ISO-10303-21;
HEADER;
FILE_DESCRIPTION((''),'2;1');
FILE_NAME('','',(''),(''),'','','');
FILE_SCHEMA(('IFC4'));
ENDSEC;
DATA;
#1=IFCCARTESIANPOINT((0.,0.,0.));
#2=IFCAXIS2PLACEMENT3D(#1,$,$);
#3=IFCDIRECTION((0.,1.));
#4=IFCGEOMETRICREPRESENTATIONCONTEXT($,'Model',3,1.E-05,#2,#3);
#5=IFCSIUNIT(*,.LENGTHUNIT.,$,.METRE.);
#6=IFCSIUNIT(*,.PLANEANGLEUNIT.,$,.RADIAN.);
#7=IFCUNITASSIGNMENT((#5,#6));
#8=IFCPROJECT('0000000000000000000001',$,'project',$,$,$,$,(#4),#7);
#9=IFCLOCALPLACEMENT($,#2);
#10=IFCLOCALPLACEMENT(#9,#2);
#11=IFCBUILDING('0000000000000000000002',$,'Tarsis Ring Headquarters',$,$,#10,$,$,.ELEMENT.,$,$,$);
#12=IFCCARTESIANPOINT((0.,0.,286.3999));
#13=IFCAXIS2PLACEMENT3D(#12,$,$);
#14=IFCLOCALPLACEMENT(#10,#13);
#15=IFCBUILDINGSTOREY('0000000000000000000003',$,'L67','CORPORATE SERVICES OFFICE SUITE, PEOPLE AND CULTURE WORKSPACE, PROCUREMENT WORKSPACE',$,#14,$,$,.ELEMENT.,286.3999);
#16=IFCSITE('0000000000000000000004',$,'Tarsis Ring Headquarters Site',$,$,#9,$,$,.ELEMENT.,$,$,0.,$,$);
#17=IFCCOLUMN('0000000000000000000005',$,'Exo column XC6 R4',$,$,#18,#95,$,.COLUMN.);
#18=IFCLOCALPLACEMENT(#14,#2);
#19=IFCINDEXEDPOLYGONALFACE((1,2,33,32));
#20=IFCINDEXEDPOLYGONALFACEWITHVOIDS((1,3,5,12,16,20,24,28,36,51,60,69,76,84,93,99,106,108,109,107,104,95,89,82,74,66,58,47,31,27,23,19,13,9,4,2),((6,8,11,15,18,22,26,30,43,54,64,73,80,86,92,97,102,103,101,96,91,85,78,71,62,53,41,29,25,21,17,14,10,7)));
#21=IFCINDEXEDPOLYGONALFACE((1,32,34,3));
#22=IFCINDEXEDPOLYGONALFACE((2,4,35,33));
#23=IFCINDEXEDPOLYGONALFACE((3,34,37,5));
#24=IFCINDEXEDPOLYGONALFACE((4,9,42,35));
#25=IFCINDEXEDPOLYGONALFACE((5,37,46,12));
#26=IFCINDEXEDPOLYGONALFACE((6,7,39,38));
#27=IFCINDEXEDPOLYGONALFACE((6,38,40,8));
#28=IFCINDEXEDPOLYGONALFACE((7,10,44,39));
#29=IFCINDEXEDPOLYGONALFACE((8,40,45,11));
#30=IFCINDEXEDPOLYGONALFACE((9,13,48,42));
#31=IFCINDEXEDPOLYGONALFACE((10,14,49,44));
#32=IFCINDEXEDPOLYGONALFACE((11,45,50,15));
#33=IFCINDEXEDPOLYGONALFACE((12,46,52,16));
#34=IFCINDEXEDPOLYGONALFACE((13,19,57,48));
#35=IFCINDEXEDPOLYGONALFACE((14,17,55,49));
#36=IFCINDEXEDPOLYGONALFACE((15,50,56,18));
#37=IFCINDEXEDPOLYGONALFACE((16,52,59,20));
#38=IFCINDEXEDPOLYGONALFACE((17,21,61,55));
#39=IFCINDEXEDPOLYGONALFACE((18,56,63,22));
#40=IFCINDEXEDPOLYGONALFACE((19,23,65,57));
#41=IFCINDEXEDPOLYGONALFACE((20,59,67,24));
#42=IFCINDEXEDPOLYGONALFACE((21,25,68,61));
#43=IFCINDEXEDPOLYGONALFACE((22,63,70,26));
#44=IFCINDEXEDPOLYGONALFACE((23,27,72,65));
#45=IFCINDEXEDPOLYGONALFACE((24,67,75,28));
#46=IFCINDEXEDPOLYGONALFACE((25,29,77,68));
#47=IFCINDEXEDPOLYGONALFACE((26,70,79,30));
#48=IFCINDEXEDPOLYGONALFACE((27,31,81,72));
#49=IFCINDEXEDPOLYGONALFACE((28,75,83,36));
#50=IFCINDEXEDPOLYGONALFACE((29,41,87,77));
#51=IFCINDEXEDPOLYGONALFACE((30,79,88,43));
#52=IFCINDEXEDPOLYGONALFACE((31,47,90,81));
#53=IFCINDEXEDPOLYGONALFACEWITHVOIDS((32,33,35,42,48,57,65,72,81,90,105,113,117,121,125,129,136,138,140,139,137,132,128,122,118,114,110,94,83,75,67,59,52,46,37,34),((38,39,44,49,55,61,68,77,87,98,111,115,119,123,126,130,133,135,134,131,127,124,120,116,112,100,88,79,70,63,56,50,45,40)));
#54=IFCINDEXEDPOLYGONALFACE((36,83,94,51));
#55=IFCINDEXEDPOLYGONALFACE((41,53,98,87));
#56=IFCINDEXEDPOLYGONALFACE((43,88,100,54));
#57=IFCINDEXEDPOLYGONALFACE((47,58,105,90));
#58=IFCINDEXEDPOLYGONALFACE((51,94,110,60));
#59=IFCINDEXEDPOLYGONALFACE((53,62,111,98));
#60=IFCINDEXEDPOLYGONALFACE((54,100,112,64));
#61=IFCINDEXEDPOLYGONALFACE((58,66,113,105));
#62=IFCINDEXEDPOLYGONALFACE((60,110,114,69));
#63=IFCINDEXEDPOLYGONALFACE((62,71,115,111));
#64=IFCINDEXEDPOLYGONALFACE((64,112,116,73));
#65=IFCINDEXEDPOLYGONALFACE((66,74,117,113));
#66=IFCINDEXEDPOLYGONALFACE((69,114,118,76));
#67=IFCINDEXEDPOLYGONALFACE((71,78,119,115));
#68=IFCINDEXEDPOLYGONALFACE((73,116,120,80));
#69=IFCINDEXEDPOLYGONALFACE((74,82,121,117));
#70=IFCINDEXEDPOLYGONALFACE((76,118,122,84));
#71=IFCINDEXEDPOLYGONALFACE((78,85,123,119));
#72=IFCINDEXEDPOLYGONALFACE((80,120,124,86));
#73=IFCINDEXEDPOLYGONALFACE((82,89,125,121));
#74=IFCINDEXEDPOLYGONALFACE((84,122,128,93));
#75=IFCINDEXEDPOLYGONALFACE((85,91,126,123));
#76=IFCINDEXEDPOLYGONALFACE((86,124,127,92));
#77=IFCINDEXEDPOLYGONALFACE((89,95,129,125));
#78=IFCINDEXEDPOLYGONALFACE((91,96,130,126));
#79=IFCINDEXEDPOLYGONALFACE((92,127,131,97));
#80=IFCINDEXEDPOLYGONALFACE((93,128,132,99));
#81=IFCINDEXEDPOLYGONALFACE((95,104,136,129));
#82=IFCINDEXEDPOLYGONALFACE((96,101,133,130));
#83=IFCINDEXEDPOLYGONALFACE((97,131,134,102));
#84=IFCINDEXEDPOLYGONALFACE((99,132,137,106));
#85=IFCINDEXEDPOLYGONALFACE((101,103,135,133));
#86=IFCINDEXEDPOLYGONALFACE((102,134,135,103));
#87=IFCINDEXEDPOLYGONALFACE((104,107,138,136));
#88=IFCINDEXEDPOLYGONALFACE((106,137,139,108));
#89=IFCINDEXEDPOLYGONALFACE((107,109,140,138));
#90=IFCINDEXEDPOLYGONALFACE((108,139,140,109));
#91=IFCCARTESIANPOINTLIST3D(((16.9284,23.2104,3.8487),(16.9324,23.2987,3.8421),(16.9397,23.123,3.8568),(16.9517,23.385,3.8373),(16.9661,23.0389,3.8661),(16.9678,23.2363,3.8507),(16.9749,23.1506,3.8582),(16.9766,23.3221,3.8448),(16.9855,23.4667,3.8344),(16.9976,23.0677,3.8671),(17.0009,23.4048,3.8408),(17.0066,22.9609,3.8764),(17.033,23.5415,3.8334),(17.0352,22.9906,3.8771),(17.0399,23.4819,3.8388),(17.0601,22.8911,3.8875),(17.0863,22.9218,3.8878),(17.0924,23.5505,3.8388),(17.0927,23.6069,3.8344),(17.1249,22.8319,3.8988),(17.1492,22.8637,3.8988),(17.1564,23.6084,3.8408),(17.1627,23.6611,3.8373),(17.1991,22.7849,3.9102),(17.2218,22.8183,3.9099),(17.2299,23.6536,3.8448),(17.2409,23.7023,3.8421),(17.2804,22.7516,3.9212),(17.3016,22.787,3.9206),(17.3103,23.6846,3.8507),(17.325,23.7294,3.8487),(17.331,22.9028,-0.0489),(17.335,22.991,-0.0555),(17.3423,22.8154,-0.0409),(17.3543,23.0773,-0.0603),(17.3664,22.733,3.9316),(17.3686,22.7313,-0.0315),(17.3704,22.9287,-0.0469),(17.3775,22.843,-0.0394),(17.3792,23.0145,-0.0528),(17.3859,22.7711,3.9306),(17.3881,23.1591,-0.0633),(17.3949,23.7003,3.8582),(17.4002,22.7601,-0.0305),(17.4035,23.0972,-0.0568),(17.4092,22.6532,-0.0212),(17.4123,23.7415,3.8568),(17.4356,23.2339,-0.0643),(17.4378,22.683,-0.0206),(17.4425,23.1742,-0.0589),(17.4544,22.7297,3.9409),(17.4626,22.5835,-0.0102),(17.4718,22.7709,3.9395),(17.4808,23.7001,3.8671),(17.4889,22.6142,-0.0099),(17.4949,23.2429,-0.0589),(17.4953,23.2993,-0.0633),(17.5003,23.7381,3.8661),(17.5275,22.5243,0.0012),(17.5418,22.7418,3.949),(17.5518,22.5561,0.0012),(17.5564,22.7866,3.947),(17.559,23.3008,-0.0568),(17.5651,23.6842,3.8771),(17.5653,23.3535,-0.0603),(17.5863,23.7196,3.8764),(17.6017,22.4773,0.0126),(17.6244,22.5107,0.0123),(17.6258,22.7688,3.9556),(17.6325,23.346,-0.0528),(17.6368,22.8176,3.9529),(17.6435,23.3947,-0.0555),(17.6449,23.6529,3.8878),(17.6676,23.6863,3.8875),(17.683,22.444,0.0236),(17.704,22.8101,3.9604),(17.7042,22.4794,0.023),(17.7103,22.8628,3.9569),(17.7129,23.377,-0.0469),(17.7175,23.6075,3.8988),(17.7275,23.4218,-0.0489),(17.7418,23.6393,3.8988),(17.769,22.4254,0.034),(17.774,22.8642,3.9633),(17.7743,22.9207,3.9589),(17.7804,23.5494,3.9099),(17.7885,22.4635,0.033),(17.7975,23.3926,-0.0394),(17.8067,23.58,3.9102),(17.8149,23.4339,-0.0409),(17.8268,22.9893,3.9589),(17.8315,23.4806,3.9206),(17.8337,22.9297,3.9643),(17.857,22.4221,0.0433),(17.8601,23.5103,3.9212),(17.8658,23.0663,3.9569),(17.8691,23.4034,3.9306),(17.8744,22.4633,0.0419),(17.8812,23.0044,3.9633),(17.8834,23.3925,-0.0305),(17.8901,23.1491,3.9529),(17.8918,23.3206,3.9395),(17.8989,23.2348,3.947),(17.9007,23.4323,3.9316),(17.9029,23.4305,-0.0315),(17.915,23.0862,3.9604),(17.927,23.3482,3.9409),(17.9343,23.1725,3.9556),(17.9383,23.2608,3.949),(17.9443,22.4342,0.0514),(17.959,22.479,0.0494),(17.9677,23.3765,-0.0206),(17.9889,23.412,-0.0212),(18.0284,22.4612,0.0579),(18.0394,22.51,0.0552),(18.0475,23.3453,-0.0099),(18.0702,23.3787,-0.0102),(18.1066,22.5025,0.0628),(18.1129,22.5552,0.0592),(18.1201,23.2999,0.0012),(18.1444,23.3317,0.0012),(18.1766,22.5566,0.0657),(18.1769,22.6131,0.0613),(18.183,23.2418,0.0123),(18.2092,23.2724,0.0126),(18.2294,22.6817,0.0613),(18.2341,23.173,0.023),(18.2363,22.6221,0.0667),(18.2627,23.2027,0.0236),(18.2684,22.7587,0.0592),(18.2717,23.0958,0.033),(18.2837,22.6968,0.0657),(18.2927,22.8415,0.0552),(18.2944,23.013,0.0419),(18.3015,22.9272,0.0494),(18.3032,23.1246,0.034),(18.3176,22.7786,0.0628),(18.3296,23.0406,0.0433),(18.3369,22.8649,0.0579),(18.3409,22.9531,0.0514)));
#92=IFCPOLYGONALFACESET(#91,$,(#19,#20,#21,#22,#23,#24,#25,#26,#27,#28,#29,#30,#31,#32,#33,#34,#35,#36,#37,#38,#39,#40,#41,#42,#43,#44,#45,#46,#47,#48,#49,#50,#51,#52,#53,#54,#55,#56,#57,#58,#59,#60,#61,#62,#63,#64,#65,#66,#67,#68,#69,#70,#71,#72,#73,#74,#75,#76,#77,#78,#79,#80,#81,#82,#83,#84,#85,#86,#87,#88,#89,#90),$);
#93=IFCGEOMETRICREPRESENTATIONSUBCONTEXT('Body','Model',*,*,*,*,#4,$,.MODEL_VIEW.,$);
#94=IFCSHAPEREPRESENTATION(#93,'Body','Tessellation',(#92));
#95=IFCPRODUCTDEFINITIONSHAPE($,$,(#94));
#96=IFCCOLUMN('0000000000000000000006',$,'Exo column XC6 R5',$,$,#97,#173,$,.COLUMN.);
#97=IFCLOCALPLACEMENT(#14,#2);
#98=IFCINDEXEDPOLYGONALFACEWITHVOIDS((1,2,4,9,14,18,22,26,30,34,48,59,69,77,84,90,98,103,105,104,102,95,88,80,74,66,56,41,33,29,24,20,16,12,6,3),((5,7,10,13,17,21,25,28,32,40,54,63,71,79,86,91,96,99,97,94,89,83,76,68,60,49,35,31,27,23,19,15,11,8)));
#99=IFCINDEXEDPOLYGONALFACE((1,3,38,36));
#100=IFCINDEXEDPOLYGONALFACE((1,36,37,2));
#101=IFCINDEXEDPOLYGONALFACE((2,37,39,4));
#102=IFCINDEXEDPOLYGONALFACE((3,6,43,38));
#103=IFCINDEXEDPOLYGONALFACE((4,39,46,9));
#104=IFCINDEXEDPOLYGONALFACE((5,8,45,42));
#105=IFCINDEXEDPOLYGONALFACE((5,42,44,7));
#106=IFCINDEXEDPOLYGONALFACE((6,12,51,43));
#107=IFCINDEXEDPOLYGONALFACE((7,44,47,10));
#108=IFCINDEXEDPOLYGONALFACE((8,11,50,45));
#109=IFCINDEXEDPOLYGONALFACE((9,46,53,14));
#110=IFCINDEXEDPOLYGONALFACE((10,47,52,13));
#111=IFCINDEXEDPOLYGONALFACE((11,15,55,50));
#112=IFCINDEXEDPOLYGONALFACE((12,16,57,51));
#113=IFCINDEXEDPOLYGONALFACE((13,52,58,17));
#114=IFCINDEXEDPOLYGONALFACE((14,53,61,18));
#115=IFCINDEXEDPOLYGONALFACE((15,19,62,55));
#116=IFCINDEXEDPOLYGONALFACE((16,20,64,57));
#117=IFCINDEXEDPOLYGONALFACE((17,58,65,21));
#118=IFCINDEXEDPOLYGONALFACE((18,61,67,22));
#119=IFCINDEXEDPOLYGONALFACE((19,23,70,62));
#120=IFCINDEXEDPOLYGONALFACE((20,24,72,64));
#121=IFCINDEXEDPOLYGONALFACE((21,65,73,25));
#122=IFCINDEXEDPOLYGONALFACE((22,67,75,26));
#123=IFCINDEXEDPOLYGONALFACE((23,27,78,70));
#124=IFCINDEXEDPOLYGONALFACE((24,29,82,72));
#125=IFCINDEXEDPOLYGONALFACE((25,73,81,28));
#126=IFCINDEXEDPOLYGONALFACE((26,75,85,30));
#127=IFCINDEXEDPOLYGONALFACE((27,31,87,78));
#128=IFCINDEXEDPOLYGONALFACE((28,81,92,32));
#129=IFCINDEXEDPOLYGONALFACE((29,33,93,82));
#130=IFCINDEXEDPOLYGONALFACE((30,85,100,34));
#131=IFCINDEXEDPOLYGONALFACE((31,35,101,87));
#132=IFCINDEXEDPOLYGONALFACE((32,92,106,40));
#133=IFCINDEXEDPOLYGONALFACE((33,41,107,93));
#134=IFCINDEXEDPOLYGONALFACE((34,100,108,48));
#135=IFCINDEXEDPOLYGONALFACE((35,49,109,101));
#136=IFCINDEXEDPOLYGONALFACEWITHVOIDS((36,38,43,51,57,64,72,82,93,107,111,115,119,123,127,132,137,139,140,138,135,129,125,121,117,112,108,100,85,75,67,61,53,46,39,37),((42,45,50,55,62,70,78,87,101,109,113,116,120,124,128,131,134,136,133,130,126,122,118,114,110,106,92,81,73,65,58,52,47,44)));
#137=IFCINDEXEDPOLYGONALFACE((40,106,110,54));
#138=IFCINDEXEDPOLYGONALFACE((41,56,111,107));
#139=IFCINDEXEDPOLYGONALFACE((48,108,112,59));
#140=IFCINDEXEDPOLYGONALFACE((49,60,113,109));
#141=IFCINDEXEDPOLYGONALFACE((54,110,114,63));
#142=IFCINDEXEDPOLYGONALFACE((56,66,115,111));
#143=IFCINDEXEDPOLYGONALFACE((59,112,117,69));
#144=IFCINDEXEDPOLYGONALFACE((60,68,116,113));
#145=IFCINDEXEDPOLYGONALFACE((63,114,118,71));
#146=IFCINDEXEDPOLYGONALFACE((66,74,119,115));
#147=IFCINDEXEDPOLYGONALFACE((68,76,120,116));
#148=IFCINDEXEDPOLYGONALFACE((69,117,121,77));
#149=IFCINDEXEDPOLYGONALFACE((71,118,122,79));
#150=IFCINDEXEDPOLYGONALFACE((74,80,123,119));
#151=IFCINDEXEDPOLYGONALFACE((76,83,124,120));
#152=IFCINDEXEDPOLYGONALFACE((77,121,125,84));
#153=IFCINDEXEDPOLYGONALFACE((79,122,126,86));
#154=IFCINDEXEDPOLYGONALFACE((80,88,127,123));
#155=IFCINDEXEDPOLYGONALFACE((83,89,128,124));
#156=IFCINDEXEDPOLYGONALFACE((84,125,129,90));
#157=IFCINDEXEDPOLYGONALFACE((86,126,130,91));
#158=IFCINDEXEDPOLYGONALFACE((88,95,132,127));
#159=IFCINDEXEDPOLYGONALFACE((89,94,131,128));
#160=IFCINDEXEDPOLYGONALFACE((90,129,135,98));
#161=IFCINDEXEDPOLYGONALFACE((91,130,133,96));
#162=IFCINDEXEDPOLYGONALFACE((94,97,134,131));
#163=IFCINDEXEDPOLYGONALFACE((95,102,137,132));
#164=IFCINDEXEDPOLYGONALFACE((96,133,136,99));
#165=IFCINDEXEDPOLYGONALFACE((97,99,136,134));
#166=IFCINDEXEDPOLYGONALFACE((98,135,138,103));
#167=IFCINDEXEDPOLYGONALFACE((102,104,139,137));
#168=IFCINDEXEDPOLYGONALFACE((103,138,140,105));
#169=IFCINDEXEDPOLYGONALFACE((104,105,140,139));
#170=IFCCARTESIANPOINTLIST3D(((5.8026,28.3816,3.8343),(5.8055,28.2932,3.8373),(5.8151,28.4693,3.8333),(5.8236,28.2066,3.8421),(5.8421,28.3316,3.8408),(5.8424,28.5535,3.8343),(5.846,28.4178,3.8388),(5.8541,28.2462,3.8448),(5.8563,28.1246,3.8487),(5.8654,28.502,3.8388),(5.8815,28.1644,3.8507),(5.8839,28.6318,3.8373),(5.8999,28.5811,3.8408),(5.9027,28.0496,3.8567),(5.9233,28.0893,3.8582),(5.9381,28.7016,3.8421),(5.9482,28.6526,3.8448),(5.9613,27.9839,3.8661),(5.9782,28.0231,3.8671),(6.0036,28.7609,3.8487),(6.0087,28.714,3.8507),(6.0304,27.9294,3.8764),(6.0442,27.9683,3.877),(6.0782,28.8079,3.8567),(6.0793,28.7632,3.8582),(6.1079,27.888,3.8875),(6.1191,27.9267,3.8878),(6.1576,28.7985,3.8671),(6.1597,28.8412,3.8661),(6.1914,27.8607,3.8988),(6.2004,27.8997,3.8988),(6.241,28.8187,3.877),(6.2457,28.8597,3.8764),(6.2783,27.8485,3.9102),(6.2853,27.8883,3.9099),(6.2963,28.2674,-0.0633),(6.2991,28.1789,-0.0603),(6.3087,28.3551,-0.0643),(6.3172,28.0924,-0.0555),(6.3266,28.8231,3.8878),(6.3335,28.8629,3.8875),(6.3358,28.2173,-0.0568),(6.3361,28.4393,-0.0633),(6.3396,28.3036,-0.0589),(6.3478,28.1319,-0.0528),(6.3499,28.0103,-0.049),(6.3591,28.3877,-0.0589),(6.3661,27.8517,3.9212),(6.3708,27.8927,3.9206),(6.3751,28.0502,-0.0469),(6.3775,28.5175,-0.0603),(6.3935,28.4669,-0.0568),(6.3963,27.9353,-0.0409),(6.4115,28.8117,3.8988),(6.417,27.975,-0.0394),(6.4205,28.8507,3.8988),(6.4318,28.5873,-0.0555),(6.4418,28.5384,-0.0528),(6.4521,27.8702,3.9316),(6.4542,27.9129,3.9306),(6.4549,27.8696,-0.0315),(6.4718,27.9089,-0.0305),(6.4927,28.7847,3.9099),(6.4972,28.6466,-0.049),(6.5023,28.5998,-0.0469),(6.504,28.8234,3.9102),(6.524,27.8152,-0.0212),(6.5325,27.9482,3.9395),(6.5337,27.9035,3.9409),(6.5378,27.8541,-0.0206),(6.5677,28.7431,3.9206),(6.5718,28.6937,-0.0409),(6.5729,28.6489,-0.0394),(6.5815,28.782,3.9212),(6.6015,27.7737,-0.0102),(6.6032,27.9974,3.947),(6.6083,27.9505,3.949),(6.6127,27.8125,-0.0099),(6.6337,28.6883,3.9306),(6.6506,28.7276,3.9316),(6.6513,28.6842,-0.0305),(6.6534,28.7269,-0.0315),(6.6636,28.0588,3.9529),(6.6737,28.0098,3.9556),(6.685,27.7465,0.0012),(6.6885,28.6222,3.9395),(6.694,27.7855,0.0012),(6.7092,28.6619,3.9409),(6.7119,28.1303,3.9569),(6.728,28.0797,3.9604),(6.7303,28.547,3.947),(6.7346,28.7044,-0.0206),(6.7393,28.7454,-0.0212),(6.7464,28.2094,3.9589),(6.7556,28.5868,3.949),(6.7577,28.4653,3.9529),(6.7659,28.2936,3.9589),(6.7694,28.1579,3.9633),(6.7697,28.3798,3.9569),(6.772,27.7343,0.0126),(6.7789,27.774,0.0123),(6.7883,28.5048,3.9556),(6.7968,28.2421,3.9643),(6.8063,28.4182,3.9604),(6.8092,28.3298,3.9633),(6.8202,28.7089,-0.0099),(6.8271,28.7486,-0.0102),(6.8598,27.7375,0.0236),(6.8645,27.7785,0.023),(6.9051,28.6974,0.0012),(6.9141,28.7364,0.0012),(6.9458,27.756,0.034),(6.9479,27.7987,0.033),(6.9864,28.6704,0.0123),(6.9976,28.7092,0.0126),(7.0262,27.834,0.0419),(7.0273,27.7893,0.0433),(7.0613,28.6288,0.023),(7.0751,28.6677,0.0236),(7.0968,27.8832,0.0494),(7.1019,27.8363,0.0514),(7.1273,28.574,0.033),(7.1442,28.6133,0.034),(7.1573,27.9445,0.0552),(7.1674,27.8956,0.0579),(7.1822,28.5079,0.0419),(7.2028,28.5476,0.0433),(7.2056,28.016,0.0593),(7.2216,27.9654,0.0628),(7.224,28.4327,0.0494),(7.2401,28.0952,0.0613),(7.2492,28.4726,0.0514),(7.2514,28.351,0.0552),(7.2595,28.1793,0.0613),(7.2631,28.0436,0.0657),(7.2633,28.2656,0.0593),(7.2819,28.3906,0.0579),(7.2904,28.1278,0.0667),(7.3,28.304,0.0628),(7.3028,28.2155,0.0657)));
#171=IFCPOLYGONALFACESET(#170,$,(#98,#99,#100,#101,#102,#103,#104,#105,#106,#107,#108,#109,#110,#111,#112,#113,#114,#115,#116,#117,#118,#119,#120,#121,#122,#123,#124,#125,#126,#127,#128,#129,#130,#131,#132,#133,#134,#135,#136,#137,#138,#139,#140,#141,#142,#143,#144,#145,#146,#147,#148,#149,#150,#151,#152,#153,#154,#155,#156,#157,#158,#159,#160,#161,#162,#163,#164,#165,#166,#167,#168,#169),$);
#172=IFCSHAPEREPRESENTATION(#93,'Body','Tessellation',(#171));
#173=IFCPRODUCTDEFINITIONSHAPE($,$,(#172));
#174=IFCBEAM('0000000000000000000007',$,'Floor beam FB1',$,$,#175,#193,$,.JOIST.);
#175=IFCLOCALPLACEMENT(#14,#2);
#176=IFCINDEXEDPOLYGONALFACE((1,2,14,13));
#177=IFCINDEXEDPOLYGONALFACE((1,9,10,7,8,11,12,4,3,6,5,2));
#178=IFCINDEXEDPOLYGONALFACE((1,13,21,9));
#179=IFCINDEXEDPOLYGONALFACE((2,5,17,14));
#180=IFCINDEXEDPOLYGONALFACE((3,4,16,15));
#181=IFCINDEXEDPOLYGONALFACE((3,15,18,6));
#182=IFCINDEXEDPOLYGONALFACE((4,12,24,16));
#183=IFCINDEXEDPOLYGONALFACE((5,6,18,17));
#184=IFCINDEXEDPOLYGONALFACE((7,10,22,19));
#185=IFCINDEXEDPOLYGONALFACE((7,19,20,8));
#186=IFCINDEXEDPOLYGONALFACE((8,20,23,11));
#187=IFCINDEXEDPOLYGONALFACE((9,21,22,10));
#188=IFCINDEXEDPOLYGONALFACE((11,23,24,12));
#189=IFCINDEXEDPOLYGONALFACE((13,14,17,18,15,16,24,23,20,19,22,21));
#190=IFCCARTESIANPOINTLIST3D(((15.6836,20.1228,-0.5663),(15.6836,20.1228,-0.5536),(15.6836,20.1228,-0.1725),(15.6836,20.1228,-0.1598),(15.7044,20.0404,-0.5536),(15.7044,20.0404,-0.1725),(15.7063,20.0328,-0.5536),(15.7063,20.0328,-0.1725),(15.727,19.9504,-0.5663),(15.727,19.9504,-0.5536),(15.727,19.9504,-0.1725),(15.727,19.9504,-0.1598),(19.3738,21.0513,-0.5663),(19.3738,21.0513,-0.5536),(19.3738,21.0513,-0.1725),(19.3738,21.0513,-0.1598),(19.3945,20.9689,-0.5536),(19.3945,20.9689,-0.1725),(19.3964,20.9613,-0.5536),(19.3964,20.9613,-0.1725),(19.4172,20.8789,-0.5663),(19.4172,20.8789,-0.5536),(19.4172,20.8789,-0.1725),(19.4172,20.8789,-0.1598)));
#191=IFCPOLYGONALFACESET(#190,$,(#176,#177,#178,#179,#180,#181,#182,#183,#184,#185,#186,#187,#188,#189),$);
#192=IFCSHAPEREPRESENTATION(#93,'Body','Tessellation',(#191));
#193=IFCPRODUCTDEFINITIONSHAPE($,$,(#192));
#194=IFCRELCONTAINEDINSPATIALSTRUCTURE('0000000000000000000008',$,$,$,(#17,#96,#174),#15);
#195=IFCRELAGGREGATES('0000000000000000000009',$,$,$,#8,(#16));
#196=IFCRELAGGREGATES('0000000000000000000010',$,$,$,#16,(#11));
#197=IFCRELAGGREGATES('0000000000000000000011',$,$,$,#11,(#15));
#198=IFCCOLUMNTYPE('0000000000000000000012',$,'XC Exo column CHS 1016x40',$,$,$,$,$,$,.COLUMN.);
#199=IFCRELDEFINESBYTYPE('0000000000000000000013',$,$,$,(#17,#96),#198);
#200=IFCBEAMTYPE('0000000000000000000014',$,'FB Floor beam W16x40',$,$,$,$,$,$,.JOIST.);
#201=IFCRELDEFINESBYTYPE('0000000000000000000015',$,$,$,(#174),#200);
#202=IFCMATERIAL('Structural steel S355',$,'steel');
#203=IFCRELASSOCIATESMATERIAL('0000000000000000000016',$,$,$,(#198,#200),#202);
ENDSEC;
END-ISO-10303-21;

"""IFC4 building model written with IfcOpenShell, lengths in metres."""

from ifc_helpers import new_model, si_unit, direction, frame, origin, origin_2d, place, context, subcontext, project, spatial, hollow_circle, i_section, extrude, material, material_profile, profile_set, type_object, element, save


model = new_model("IFC4")

# Units and contexts
model_context = context("Model", 3, precision=1e-05, world=origin(), true_north=direction((0.0, 1.0)))
body_context = subcontext(model_context, "Body", "Model", "MODEL_VIEW")
ifc_project = project(units=[si_unit("LENGTHUNIT", "METRE"), si_unit("PLANEANGLEUNIT", "RADIAN")], contexts=[model_context])

# Site, building, storey
site_placement = place(None, origin())
site = spatial("IfcSite", under=ifc_project, at=site_placement, Name="Tarsis Ring Headquarters Site", CompositionType="ELEMENT", RefElevation=0.0)
building_placement = place(site_placement, origin())
building = spatial("IfcBuilding", under=site, at=building_placement, Name="Tarsis Ring Headquarters", CompositionType="ELEMENT")
storey_placement = place(building_placement, frame((0.0, 0.0, 286.3999)))
storey = spatial("IfcBuildingStorey", under=building, at=storey_placement, Name="L67", Description="CORPORATE SERVICES OFFICE SUITE, PEOPLE AND CULTURE WORKSPACE, PROCUREMENT WORKSPACE", CompositionType="ELEMENT", Elevation=286.3999)

# Columns
ifc_material_1 = material(Name="Structural steel S355", Category="steel")
ifc_material_profile_1 = material_profile(ifc_material_1, hollow_circle(Radius=0.5081, WallThickness=0.04, at=origin_2d()), Name="CHS 1016x40")
ifc_profile_set_1 = profile_set([ifc_material_profile_1], Name="Structural steel S355")
column_type = type_object("IfcColumnType", Name="XC Exo column CHS 1016x40", PredefinedType="COLUMN", material=ifc_profile_set_1)
for number, where, z_axis, x_axis, name in (
    (1, (17.8359, 22.928, 0.0012), (-0.102427, 0.078264, 0.991657), (-0.607146, -0.79459, 0.0), "Exo column XC6 R4"),
    (2, (6.7996, 28.2415, 0.0012), (-0.125595, 0.02907, 0.991656), (-0.225493, -0.974245, 0.0), "Exo column XC6 R5"),
):
    element("IfcColumn", number, at=place(storey_placement, frame(where, z_axis=z_axis, x_axis=x_axis)), inside=storey, type_object=column_type, Name=name, PredefinedType="COLUMN", context=body_context, shape_type="SweptSolid", body=[
        extrude(hollow_circle(Radius=0.5081, WallThickness=0.04, at=origin_2d()), origin(), (0.0, 0.0, 1.0), 3.9304),
    ])

# Beam
ifc_material_profile_2 = material_profile(ifc_material_1, i_section(OverallWidth=0.1777, OverallDepth=0.4065, WebThickness=0.0078, FlangeThickness=0.0127, at=origin_2d()), Name="W16x40")
ifc_profile_set_2 = profile_set([ifc_material_profile_2], Name="Structural steel S355")
beam_type_1 = type_object("IfcBeamType", Name="FB Floor beam W16x40", PredefinedType="JOIST", material=ifc_profile_set_2)
for number, where, z_axis, x_axis, name in (
    (3, (15.7053, 20.0366, -0.363), (0.969775, 0.244, 0.0), (-0.244, 0.969775, 0.0), "Floor beam FB1"),
):
    element("IfcBeam", number, at=place(storey_placement, frame(where, z_axis=z_axis, x_axis=x_axis)), inside=storey, type_object=beam_type_1, Name=name, PredefinedType="JOIST", context=body_context, shape_type="SweptSolid", body=[
        extrude(i_section(OverallWidth=0.1777, OverallDepth=0.4065, WebThickness=0.0078, FlangeThickness=0.0127, at=origin_2d()), origin(), (0.0, 0.0, 1.0), 3.8052),
    ])

save(model, "model.ifc")
